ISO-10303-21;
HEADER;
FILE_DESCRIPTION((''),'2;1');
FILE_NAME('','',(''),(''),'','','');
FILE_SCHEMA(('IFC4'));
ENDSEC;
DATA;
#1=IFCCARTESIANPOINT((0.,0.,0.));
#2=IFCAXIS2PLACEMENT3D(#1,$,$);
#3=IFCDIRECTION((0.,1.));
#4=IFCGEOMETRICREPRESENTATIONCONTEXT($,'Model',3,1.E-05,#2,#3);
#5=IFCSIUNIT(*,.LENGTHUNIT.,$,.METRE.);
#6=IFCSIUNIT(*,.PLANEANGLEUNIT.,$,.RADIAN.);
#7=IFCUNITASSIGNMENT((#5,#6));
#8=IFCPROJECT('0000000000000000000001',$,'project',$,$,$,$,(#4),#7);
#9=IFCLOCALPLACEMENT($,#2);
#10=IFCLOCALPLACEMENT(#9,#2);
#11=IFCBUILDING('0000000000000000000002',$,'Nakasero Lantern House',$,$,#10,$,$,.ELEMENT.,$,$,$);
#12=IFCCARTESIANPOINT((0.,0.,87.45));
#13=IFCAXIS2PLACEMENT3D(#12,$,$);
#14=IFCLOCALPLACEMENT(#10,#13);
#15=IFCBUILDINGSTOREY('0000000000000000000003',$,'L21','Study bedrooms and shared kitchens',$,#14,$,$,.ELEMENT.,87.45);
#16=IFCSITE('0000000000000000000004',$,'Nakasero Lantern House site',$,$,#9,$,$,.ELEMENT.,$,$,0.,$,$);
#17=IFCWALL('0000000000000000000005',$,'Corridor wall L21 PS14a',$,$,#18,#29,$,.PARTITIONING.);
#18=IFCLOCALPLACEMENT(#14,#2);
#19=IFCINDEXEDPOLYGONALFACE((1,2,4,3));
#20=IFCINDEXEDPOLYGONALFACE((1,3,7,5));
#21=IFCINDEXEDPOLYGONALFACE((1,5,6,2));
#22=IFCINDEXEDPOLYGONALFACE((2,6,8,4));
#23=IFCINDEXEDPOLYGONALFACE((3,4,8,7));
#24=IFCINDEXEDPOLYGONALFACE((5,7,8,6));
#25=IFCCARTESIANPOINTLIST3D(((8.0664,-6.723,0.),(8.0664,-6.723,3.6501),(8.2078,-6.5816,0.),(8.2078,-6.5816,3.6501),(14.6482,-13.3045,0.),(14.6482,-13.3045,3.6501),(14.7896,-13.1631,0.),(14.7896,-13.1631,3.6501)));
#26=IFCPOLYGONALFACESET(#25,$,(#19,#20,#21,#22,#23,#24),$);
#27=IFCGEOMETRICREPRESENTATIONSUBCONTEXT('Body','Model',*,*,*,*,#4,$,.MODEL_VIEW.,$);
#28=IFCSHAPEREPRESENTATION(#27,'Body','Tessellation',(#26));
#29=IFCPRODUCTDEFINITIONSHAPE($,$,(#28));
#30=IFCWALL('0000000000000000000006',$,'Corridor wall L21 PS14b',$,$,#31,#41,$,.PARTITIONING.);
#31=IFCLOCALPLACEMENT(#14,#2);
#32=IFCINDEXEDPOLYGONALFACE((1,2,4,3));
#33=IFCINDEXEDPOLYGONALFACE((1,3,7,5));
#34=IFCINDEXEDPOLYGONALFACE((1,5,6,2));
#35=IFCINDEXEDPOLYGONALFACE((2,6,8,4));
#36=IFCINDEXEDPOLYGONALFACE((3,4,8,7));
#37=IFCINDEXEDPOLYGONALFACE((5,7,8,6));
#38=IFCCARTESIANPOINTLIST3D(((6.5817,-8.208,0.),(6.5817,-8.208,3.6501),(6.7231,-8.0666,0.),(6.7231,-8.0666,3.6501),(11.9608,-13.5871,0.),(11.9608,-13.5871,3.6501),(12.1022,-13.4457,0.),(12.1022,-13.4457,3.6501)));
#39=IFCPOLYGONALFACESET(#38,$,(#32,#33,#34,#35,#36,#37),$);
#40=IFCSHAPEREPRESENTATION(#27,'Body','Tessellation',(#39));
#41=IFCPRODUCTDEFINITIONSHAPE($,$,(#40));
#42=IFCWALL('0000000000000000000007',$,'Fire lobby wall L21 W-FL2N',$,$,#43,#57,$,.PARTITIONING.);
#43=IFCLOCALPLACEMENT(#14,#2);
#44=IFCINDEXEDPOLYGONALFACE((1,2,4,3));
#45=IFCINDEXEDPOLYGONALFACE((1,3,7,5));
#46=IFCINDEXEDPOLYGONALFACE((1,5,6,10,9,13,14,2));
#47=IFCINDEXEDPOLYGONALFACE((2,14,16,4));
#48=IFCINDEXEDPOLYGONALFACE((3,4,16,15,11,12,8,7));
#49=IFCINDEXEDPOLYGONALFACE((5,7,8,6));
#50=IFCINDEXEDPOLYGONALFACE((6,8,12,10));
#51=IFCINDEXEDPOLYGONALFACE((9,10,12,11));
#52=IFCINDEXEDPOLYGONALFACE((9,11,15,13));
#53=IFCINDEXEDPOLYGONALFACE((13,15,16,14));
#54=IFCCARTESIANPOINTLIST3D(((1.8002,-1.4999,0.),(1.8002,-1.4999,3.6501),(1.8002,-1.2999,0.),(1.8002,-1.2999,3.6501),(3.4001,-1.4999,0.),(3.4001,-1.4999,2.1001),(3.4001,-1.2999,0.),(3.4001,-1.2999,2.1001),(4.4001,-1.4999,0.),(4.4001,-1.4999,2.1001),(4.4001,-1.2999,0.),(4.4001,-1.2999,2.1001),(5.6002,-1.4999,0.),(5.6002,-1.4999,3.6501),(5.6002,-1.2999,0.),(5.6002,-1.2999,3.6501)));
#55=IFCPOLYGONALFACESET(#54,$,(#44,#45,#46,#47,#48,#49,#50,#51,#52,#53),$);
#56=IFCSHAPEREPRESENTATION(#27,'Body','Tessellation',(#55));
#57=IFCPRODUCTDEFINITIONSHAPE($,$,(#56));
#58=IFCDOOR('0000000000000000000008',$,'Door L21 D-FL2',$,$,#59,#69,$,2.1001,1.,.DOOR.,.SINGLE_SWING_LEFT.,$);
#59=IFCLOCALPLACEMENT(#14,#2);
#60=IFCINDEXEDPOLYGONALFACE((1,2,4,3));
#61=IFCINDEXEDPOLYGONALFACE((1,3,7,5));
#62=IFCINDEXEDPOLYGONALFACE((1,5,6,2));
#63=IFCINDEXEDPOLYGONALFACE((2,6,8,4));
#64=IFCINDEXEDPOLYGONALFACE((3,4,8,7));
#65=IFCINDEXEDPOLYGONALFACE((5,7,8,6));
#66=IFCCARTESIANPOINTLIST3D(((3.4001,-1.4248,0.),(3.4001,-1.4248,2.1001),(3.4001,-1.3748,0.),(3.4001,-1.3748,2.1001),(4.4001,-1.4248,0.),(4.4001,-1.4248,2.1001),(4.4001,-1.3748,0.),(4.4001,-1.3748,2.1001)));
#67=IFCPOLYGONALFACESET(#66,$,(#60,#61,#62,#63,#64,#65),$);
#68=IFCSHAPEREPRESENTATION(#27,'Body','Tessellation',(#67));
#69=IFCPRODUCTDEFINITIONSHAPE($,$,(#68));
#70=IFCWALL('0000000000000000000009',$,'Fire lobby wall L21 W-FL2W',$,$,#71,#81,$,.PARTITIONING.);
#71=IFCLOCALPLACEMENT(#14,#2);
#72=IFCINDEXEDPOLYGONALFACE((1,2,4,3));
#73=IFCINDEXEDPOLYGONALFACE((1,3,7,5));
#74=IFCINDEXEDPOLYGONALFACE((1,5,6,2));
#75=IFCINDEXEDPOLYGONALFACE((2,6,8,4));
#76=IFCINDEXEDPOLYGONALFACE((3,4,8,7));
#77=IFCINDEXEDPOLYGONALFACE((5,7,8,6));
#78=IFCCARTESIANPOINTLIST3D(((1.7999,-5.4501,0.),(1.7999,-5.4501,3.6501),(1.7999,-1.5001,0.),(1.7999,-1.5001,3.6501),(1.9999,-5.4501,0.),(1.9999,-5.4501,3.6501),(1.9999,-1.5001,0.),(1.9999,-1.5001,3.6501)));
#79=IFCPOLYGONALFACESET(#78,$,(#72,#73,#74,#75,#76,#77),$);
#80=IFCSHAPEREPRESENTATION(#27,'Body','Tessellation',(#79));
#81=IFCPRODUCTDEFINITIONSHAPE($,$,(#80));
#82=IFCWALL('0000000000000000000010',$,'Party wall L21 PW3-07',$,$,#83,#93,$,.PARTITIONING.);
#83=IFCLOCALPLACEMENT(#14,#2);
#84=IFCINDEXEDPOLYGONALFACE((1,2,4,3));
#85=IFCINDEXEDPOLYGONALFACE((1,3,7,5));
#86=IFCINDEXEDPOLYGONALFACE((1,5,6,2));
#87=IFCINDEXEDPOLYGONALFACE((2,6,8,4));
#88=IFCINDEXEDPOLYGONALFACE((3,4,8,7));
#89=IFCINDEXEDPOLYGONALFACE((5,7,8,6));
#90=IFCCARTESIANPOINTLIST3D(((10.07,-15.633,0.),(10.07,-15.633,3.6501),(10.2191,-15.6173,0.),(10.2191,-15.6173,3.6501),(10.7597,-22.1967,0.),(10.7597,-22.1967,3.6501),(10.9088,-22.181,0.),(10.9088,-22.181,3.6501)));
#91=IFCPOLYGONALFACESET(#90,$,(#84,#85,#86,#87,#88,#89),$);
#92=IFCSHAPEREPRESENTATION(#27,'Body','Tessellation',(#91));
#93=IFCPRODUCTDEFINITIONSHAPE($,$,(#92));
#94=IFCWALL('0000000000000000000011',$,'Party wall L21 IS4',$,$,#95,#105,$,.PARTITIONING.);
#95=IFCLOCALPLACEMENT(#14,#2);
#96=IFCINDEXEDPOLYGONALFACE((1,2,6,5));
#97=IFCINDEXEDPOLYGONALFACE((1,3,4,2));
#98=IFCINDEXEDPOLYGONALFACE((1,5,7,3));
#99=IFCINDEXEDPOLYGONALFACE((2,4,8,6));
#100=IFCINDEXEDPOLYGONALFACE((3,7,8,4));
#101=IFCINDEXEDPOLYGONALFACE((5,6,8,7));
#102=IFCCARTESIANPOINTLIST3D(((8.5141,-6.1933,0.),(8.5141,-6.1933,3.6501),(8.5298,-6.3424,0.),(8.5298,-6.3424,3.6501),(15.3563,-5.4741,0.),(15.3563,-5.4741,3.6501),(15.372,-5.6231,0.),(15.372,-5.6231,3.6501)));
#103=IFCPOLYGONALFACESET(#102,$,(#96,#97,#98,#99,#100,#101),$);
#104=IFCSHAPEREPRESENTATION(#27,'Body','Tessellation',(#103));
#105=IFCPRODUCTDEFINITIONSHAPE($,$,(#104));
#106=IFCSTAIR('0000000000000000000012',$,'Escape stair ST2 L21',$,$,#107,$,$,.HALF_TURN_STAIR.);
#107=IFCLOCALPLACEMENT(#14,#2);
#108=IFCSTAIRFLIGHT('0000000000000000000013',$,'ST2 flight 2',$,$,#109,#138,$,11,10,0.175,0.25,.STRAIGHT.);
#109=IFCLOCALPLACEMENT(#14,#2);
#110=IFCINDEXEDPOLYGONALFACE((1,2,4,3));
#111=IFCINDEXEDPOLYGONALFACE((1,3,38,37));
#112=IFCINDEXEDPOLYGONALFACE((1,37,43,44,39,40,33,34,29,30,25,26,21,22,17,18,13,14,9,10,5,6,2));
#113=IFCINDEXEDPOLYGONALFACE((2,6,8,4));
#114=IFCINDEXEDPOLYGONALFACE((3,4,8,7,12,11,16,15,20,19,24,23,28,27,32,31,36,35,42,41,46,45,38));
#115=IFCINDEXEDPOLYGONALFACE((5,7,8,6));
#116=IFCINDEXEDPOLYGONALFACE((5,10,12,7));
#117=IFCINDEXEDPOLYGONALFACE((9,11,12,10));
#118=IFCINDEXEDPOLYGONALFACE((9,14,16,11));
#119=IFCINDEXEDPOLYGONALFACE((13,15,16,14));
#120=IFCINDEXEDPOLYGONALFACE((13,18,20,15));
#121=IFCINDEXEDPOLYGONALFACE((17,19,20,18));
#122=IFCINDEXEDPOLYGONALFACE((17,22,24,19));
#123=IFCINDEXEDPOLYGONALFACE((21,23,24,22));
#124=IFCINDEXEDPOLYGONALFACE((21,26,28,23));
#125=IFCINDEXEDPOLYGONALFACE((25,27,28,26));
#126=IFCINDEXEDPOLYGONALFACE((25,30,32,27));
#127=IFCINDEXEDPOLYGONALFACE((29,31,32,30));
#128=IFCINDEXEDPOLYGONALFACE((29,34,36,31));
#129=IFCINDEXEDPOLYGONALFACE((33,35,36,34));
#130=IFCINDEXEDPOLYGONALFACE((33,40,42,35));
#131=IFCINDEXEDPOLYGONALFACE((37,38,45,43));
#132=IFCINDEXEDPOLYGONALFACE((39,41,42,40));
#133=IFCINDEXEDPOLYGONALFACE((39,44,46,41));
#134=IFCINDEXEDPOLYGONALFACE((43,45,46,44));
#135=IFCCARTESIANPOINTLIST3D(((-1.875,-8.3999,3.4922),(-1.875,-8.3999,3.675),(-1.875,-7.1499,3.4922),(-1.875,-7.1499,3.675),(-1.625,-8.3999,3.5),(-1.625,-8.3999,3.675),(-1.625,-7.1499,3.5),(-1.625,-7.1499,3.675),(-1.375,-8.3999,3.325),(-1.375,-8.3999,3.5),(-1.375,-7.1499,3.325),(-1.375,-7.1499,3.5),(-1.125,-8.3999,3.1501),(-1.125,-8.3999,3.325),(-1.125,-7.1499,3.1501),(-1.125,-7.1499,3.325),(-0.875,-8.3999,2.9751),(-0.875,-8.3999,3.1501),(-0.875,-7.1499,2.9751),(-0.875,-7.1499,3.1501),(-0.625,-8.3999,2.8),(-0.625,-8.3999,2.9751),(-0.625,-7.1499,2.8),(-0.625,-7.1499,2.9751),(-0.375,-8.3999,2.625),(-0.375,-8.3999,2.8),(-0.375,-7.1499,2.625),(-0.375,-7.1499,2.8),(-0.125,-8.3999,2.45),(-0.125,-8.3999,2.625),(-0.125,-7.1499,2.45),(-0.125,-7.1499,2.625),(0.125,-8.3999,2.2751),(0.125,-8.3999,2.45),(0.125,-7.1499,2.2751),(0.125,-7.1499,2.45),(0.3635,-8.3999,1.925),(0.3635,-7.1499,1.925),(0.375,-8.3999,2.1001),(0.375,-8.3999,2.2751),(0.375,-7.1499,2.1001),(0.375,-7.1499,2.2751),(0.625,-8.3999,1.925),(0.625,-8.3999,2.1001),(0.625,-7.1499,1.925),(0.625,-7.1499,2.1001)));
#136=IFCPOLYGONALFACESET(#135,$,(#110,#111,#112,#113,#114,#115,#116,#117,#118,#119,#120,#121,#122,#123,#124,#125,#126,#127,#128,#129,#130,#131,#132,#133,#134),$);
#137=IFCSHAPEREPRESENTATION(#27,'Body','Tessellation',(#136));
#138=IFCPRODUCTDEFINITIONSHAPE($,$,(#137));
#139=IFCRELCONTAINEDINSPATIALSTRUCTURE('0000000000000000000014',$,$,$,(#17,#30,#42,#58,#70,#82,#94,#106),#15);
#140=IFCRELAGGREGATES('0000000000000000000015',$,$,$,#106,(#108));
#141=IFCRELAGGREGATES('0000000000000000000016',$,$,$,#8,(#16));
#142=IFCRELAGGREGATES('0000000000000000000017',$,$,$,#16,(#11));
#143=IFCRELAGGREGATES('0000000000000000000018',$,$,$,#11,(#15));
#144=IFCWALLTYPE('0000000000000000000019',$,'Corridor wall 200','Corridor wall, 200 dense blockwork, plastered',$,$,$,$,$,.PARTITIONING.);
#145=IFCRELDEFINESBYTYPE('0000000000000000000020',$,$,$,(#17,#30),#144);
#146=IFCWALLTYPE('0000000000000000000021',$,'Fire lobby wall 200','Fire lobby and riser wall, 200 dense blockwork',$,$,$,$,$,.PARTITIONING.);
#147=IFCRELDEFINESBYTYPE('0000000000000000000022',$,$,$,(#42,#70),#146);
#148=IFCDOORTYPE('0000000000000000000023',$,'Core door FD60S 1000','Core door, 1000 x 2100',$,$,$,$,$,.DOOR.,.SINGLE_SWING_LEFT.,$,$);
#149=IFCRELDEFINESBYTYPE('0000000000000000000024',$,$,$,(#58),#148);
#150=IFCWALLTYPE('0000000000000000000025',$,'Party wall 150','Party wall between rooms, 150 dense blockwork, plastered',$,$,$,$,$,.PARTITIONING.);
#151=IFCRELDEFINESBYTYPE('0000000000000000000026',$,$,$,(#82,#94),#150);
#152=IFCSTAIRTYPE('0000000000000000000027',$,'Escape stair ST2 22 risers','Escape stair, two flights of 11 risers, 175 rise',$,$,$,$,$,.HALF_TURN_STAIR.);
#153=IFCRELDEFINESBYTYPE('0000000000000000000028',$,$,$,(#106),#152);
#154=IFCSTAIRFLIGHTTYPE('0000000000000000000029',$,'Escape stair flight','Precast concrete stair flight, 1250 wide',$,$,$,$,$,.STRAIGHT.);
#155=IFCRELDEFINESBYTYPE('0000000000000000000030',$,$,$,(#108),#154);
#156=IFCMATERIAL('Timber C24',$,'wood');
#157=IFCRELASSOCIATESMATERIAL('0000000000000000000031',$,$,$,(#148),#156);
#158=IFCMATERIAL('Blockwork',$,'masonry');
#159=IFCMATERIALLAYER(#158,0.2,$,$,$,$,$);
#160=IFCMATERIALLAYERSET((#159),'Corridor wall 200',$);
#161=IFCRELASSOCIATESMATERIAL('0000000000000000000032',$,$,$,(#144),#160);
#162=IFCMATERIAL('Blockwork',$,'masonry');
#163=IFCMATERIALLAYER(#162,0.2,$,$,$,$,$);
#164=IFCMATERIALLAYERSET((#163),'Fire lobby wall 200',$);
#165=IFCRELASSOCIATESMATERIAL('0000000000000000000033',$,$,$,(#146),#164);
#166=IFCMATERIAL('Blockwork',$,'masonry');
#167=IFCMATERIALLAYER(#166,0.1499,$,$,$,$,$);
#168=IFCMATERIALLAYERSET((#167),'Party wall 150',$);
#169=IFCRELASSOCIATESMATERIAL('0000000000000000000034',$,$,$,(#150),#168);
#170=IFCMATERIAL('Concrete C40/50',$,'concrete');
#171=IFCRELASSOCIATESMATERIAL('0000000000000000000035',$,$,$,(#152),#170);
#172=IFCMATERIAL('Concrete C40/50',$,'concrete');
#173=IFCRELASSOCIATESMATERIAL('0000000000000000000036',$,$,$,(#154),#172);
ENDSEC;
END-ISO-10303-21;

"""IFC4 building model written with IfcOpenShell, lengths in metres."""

from ifc_helpers import new_model, si_unit, direction, frame, frame_2d, origin, place, context, subcontext, project, spatial, polyline, rectangle, outline, extrude, material, layer, layer_set, type_object, element, fill, aggregate, save


model = new_model("IFC4")

# Units and contexts
model_context = context("Model", 3, precision=1e-05, world=origin(), true_north=direction((0.0, 1.0)))
body_context = subcontext(model_context, "Body", "Model", "MODEL_VIEW")
ifc_project = project(units=[si_unit("LENGTHUNIT", "METRE"), si_unit("PLANEANGLEUNIT", "RADIAN")], contexts=[model_context])

# Site, building, storey
site_placement = place(None, origin())
site = spatial("IfcSite", under=ifc_project, at=site_placement, Name="Nakasero Lantern House site", CompositionType="ELEMENT", RefElevation=0.0)
building_placement = place(site_placement, origin())
building = spatial("IfcBuilding", under=site, at=building_placement, Name="Nakasero Lantern House", CompositionType="ELEMENT")
storey_placement = place(building_placement, frame((0.0, 0.0, 87.45)))
storey = spatial("IfcBuildingStorey", under=building, at=storey_placement, Name="L21", Description="Study bedrooms and shared kitchens", CompositionType="ELEMENT", Elevation=87.45)

# Shared definitions
ifc_material_1 = material(Name="Timber C24", Category="wood")
door_type_1 = type_object("IfcDoorType", Name="Core door FD60S 1000", Description="Core door, 1000 x 2100", OperationType="SINGLE_SWING_LEFT", PredefinedType="DOOR", material=ifc_material_1)

# Walls
ifc_material_2 = material(Name="Blockwork", Category="masonry")
ifc_layer_1 = layer(ifc_material_2, 0.2)
ifc_layer_set_1 = layer_set([ifc_layer_1], Name="Corridor wall 200")
wall_type_1 = type_object("IfcWallType", Name="Corridor wall 200", Description="Corridor wall, 200 dense blockwork, plastered", PredefinedType="PARTITIONING", material=ifc_layer_set_1)
wall_1_placement = place(storey_placement, frame((8.1372, -6.6523, 0.0), z_axis=(0.0, 0.0, 1.0), x_axis=(0.70712, -0.707094, 0.0)))
element("IfcWall", 1, at=wall_1_placement, inside=storey, type_object=wall_type_1, Name="Corridor wall L21 PS14a", PredefinedType="PARTITIONING", context=body_context, shape_type="SweptSolid", body=[
    extrude(rectangle(XDim=9.3079, YDim=0.2, at=frame_2d((4.6538, 0.0))), origin(), (0.0, 0.0, 1.0), 3.6501),
])
wall_2_placement = place(storey_placement, frame((6.6523, -8.1372, 0.0), z_axis=(0.0, 0.0, 1.0), x_axis=(0.707107, -0.707107, 0.0)))
element("IfcWall", 2, at=wall_2_placement, inside=storey, type_object=wall_type_1, Name="Corridor wall L21 PS14b", PredefinedType="PARTITIONING", context=body_context, shape_type="SweptSolid", body=[
    extrude(rectangle(XDim=7.6072, YDim=0.2, at=frame_2d((3.8037, 0.0))), origin(), (0.0, 0.0, 1.0), 3.6501),
])

# Wall, opening, door
ifc_material_3 = material(Name="Blockwork", Category="masonry")
ifc_layer_2 = layer(ifc_material_3, 0.2)
ifc_layer_set_2 = layer_set([ifc_layer_2], Name="Fire lobby wall 200")
wall_type_2 = type_object("IfcWallType", Name="Fire lobby wall 200", Description="Fire lobby and riser wall, 200 dense blockwork", PredefinedType="PARTITIONING", material=ifc_layer_set_2)
wall_3_placement = place(storey_placement, frame((5.6001, -1.3999, 0.0), z_axis=(0.0, 0.0, 1.0), x_axis=(-1.0, 0.0, 0.0)))
wall_3 = element("IfcWall", 3, at=wall_3_placement, inside=storey, type_object=wall_type_2, Name="Fire lobby wall L21 W-FL2N", PredefinedType="PARTITIONING", context=body_context, shape_type="SweptSolid", body=[
    extrude(rectangle(XDim=3.8, YDim=0.2, at=frame_2d((1.8999, 0.0))), origin(), (0.0, 0.0, 1.0), 3.6501),
])
opening_1_placement = place(wall_3_placement, frame((1.2, 0.0, 0.0)))
opening_1 = element("IfcOpeningElement", 4, at=opening_1_placement, cuts=wall_3, PredefinedType="OPENING", context=body_context, shape_type="SweptSolid", body=[
    extrude(rectangle(XDim=1.0, YDim=2.1001, at=frame_2d((0.5, 1.05))), frame((0.0, 0.1199, 0.0), z_axis=(0.0, -1.0, 0.0), x_axis=(1.0, 0.0, 0.0)), (0.0, 0.0, 1.0), 0.24),
])
door_1_placement = place(opening_1_placement, origin())
door_1 = element("IfcDoor", 5, at=door_1_placement, inside=storey, type_object=door_type_1, Name="Door L21 D-FL2", OperationType="SINGLE_SWING_LEFT", OverallHeight=2.1001, OverallWidth=1.0, PredefinedType="DOOR", context=body_context, shape_type="SweptSolid", body=[
    extrude(rectangle(XDim=1.0, YDim=2.1001, at=frame_2d((0.5, 1.05))), frame((0.0, 0.0249, 0.0), z_axis=(0.0, -1.0, 0.0), x_axis=(1.0, 0.0, 0.0)), (0.0, 0.0, 1.0), 0.05),
])
fill(opening_1, door_1)

# Walls
wall_4_placement = place(storey_placement, frame((1.8999, -1.5, 0.0), z_axis=(0.0, 0.0, 1.0), x_axis=(0.0, -1.0, 0.0)))
element("IfcWall", 6, at=wall_4_placement, inside=storey, type_object=wall_type_2, Name="Fire lobby wall L21 W-FL2W", PredefinedType="PARTITIONING", context=body_context, shape_type="SweptSolid", body=[
    extrude(rectangle(XDim=3.95, YDim=0.2, at=frame_2d((1.9751, 0.0))), origin(), (0.0, 0.0, 1.0), 3.6501),
])
ifc_material_4 = material(Name="Blockwork", Category="masonry")
ifc_layer_3 = layer(ifc_material_4, 0.1499)
ifc_layer_set_3 = layer_set([ifc_layer_3], Name="Party wall 150")
wall_type_3 = type_object("IfcWallType", Name="Party wall 150", Description="Party wall between rooms, 150 dense blockwork, plastered", PredefinedType="PARTITIONING", material=ifc_layer_set_3)
wall_5_placement = place(storey_placement, frame((10.1445, -15.6252, 0.0), z_axis=(0.0, 0.0, 1.0), x_axis=(0.104502, -0.994525, 0.0)))
element("IfcWall", 7, at=wall_5_placement, inside=storey, type_object=wall_type_3, Name="Party wall L21 PW3-07", PredefinedType="PARTITIONING", context=body_context, shape_type="SweptSolid", body=[
    extrude(rectangle(XDim=6.5999, YDim=0.1499, at=frame_2d((3.2998, 0.0))), origin(), (0.0, 0.0, 1.0), 3.6501),
])
wall_6_placement = place(storey_placement, frame((8.522, -6.2678, 0.0), z_axis=(0.0, 0.0, 1.0), x_axis=(0.994521, 0.104541, 0.0)))
element("IfcWall", 8, at=wall_6_placement, inside=storey, type_object=wall_type_3, Name="Party wall L21 IS4", PredefinedType="PARTITIONING", context=body_context, shape_type="SweptSolid", body=[
    extrude(rectangle(XDim=6.8799, YDim=0.1499, at=frame_2d((3.4399, 0.0))), origin(), (0.0, 0.0, 1.0), 3.6501),
])

# Stair, stair flight
ifc_material_5 = material(Name="Concrete C40/50", Category="concrete")
stair_type = type_object("IfcStairType", Name="Escape stair ST2 22 risers", Description="Escape stair, two flights of 11 risers, 175 rise", PredefinedType="HALF_TURN_STAIR", material=ifc_material_5)
stair_placement = place(storey_placement, origin())
stair = element("IfcStair", 9, at=stair_placement, inside=storey, type_object=stair_type, Name="Escape stair ST2 L21", PredefinedType="HALF_TURN_STAIR")
ifc_material_6 = material(Name="Concrete C40/50", Category="concrete")
stair_flight_type = type_object("IfcStairFlightType", Name="Escape stair flight", Description="Precast concrete stair flight, 1250 wide", PredefinedType="STRAIGHT", material=ifc_material_6)
stair_flight_placement = place(storey_placement, frame((0.625, -7.7749, 1.925), z_axis=(0.0, 0.0, 1.0), x_axis=(-1.0, 0.0, 0.0)))
stair_flight = element("IfcStairFlight", 10, at=stair_flight_placement, type_object=stair_flight_type, Name="ST2 flight 2", NumberOfRisers=11, NumberOfTreads=10, PredefinedType="STRAIGHT", RiserHeight=0.175, TreadLength=0.25, context=body_context, shape_type="SweptSolid", body=[
    extrude(outline(polyline([(0.0, 0.0), (0.0, 0.175), (0.25, 0.175), (0.25, 0.3501), (0.5, 0.3501), (0.5, 0.5249), (0.75, 0.5249), (0.75, 0.7), (1.0, 0.7), (1.0, 0.875), (1.25, 0.875), (1.25, 1.05), (1.5, 1.05), (1.5, 1.2251), (1.75, 1.2251), (1.75, 1.3999), (2.0, 1.3999), (2.0, 1.575), (2.25, 1.575), (2.25, 1.75), (2.5, 1.75), (2.5, 1.925), (2.5, 1.5671), (0.2615, 0.0), (0.0, 0.0)])), frame((0.0, 0.625, 0.0), z_axis=(0.0, -1.0, 0.0), x_axis=(1.0, 0.0, 0.0)), (0.0, 0.0, 1.0), 1.25),
])
aggregate(stair, [stair_flight])

save(model, "model.ifc")
